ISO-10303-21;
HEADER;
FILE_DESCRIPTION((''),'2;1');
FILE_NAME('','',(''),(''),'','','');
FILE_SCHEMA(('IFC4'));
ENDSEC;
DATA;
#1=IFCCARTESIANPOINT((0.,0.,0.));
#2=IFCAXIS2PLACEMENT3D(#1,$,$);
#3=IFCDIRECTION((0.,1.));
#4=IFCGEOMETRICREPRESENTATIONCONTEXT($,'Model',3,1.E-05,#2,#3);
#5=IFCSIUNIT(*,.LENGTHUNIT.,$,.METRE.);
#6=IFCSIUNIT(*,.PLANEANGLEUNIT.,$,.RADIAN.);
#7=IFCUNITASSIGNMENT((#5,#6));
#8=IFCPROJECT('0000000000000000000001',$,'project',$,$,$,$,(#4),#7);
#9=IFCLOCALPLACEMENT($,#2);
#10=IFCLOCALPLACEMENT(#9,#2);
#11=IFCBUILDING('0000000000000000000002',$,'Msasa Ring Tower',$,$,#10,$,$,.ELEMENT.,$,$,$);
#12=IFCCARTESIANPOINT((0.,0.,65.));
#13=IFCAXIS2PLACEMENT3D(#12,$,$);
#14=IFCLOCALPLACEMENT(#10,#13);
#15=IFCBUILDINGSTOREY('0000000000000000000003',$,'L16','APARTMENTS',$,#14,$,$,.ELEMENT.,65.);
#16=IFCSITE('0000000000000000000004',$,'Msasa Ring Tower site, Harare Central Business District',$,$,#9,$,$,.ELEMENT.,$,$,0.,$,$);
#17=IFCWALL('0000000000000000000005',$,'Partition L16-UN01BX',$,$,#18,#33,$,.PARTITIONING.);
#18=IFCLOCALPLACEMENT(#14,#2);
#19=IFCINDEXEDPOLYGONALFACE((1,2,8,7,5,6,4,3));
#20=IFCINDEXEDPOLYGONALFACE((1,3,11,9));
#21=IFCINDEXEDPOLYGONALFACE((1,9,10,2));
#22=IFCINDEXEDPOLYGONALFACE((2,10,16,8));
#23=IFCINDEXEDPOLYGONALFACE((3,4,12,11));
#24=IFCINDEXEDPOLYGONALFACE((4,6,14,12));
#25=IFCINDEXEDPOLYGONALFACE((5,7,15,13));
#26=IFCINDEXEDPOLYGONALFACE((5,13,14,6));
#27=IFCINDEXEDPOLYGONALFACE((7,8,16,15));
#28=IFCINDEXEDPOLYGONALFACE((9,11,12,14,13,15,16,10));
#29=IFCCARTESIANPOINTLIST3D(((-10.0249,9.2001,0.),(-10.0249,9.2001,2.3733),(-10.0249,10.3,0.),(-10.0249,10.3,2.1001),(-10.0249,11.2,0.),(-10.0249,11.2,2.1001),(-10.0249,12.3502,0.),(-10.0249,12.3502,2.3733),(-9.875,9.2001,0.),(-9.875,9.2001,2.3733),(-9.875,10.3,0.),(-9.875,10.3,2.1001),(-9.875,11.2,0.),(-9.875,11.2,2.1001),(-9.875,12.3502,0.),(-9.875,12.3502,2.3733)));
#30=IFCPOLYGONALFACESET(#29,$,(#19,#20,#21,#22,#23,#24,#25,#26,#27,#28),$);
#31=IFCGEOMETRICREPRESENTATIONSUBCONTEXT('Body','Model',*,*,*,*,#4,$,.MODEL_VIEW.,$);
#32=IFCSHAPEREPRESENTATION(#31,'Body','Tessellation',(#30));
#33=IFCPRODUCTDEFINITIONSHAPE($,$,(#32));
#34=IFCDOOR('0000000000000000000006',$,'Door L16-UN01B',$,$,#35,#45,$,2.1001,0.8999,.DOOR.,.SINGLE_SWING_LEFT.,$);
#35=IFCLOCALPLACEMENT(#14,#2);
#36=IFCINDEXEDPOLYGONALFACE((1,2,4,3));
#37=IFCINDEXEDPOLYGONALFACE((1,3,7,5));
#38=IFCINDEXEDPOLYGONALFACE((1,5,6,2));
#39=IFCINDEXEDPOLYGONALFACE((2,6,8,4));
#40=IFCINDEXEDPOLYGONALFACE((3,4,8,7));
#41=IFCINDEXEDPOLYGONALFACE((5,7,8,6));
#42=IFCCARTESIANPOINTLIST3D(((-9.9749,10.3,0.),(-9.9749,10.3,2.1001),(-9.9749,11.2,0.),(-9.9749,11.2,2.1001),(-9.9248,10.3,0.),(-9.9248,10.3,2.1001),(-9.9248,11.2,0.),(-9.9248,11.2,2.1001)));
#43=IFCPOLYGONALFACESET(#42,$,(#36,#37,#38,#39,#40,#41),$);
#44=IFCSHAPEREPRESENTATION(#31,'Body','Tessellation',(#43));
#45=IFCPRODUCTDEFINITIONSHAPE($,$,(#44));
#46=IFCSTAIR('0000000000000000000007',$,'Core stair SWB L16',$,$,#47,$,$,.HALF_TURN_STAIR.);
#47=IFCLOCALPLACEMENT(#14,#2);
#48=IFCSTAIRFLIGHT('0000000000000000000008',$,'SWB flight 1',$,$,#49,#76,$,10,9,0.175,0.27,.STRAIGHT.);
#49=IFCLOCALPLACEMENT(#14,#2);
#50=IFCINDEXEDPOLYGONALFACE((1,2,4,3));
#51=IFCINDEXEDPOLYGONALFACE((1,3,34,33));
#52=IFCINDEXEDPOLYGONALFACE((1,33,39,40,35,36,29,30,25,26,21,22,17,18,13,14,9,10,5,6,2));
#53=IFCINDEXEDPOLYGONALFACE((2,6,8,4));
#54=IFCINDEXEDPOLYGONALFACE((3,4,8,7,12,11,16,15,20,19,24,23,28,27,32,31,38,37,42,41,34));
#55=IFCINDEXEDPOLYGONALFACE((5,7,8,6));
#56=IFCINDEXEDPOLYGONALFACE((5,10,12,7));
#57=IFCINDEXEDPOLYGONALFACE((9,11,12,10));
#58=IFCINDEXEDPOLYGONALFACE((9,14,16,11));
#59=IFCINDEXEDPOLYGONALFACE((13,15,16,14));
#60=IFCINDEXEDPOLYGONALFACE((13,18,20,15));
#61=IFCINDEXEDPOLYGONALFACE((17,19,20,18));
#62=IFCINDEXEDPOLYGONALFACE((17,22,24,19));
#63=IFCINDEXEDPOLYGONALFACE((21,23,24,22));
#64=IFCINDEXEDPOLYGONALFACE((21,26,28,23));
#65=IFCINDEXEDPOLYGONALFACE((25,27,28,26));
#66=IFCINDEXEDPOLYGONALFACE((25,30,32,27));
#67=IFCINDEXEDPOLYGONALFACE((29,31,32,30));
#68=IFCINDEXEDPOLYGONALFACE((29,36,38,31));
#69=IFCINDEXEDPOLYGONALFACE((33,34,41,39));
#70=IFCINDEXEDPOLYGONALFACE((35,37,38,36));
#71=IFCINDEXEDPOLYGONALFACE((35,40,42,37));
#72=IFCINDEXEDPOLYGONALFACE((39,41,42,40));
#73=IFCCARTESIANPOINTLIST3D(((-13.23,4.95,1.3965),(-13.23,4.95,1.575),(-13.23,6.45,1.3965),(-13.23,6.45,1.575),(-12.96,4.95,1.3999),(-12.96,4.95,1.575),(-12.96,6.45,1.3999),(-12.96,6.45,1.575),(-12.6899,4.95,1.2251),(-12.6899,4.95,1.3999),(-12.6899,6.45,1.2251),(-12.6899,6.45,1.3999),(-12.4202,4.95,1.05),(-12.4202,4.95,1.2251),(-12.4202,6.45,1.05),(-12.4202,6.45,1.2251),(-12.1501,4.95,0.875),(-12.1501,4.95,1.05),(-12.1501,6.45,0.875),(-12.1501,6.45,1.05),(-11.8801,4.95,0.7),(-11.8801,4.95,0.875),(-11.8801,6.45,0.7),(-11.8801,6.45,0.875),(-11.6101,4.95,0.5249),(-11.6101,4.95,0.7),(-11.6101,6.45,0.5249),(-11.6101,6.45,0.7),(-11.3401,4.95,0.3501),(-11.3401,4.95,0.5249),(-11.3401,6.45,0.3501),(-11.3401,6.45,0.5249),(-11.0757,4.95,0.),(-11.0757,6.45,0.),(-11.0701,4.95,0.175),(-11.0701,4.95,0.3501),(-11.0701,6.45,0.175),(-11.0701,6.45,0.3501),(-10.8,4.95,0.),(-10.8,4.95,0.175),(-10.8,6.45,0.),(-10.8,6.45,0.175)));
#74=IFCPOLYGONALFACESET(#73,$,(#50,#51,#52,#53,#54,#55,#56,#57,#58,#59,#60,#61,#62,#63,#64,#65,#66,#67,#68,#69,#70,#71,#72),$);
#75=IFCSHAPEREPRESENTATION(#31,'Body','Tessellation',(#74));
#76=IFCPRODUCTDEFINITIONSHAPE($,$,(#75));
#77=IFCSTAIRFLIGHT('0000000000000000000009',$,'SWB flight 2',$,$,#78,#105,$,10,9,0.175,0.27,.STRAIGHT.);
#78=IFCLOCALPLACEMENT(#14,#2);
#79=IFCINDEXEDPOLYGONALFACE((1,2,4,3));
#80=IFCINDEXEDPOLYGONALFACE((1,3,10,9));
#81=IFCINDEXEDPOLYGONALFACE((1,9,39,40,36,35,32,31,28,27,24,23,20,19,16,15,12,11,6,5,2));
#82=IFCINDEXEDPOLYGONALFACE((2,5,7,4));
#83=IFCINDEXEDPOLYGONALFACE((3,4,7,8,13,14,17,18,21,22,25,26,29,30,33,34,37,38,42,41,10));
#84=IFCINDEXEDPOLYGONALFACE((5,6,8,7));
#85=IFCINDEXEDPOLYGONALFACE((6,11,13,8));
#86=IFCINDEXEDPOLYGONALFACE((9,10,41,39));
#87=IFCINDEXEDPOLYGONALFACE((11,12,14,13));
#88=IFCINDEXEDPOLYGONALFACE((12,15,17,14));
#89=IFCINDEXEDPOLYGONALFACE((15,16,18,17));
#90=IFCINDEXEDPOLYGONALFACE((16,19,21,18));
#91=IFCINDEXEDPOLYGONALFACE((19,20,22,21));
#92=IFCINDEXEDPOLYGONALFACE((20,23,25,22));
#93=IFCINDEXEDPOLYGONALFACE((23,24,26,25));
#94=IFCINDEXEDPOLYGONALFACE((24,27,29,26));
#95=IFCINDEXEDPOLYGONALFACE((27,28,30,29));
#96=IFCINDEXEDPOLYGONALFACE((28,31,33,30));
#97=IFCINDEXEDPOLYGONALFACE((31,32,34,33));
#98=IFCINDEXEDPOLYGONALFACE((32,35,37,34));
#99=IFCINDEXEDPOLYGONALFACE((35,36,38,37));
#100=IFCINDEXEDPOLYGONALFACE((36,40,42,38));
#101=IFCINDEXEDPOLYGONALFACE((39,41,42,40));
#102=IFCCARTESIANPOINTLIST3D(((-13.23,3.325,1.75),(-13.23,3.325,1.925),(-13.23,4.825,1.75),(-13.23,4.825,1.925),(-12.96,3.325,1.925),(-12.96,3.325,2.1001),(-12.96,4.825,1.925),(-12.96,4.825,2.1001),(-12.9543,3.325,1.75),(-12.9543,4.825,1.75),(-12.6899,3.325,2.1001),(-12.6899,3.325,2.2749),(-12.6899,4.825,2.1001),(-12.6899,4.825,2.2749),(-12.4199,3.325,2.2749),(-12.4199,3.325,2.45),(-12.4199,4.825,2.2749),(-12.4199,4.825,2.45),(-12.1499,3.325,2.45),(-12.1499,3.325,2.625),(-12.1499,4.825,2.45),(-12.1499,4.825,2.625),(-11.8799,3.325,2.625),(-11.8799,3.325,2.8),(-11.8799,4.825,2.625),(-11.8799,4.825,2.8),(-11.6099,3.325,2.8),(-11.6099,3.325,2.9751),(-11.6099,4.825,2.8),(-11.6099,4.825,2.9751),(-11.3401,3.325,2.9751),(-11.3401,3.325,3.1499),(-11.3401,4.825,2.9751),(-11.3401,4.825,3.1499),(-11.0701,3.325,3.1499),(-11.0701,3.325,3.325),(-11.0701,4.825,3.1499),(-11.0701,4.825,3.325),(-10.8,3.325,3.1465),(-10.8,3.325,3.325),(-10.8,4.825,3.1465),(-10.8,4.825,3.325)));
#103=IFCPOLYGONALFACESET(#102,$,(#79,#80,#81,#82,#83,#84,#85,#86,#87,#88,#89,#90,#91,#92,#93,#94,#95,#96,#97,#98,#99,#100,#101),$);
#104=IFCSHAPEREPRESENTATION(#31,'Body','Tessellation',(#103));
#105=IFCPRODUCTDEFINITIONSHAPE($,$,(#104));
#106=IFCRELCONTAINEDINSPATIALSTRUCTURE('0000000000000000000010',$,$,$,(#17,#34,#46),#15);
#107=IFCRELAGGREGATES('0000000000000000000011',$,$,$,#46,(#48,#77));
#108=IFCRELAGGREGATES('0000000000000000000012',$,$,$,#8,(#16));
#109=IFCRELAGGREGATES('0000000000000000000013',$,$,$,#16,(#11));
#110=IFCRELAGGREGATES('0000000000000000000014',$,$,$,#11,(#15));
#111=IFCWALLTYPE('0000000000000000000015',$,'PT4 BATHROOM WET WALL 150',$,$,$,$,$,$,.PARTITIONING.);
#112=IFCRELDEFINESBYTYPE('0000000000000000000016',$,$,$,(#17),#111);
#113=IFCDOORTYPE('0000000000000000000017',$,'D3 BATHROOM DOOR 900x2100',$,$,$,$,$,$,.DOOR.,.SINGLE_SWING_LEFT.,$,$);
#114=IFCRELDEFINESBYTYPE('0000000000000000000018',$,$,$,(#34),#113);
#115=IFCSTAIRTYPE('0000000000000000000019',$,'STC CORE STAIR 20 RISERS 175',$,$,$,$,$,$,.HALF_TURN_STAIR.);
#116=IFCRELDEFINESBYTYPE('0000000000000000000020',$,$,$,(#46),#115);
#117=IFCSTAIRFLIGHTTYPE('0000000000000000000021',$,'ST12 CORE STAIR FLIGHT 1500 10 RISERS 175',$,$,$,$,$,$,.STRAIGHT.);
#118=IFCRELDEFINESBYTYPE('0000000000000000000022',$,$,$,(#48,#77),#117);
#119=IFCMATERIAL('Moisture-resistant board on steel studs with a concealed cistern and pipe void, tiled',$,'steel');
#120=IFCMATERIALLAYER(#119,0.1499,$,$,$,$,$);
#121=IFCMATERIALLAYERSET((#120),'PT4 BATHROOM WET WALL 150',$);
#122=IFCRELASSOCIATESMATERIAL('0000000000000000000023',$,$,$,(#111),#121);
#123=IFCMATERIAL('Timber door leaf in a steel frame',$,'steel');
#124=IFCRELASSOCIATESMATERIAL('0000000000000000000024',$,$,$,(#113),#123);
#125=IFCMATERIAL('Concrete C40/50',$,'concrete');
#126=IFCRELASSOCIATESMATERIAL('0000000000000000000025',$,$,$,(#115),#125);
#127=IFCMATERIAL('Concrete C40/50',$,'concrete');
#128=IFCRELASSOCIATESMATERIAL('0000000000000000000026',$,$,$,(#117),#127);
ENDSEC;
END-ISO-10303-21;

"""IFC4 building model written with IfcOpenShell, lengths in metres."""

from ifc_helpers import new_model, si_unit, direction, frame, frame_2d, origin, place, context, subcontext, project, spatial, polyline, rectangle, outline, extrude, material, layer, layer_set, type_object, element, fill, aggregate, save


model = new_model("IFC4")

# Units and contexts
model_context = context("Model", 3, precision=1e-05, world=origin(), true_north=direction((0.0, 1.0)))
body_context = subcontext(model_context, "Body", "Model", "MODEL_VIEW")
ifc_project = project(units=[si_unit("LENGTHUNIT", "METRE"), si_unit("PLANEANGLEUNIT", "RADIAN")], contexts=[model_context])

# Site, building, storey
site_placement = place(None, origin())
site = spatial("IfcSite", under=ifc_project, at=site_placement, Name="Msasa Ring Tower site, Harare Central Business District", CompositionType="ELEMENT", RefElevation=0.0)
building_placement = place(site_placement, origin())
building = spatial("IfcBuilding", under=site, at=building_placement, Name="Msasa Ring Tower", CompositionType="ELEMENT")
storey_placement = place(building_placement, frame((0.0, 0.0, 65.0)))
storey = spatial("IfcBuildingStorey", under=building, at=storey_placement, Name="L16", Description="APARTMENTS", CompositionType="ELEMENT", Elevation=65.0)

# Wall, opening, door
ifc_material_1 = material(Name="Moisture-resistant board on steel studs with a concealed cistern and pipe void, tiled", Category="steel")
ifc_layer_1 = layer(ifc_material_1, 0.1499)
ifc_layer_set_1 = layer_set([ifc_layer_1], Name="PT4 BATHROOM WET WALL 150")
wall_type_1 = type_object("IfcWallType", Name="PT4 BATHROOM WET WALL 150", PredefinedType="PARTITIONING", material=ifc_layer_set_1)
ifc_material_2 = material(Name="Timber door leaf in a steel frame", Category="steel")
door_type_1 = type_object("IfcDoorType", Name="D3 BATHROOM DOOR 900x2100", OperationType="SINGLE_SWING_LEFT", PredefinedType="DOOR", material=ifc_material_2)
wall_1_placement = place(storey_placement, frame((-9.95, 9.2, 0.0), z_axis=(0.0, 0.0, 1.0), x_axis=(0.0, 1.0, 0.0)))
wall_1 = element("IfcWall", 1, at=wall_1_placement, inside=storey, type_object=wall_type_1, Name="Partition L16-UN01BX", PredefinedType="PARTITIONING", context=body_context, shape_type="SweptSolid", body=[
    extrude(rectangle(XDim=3.1501, YDim=0.1499, at=frame_2d((1.5752, 0.0))), origin(), (0.0, 0.0, 1.0), 2.3733),
])
opening_1_placement = place(wall_1_placement, frame((1.1001, 0.0, 0.0)))
opening_1 = element("IfcOpeningElement", 2, at=opening_1_placement, cuts=wall_1, PredefinedType="OPENING", context=body_context, shape_type="SweptSolid", body=[
    extrude(rectangle(XDim=0.8999, YDim=2.1001, at=frame_2d((0.45, 1.05))), frame((0.0, 0.085, 0.0), z_axis=(0.0, -1.0, 0.0), x_axis=(1.0, 0.0, 0.0)), (0.0, 0.0, 1.0), 0.1699),
])
door_1_placement = place(opening_1_placement, origin())
door_1 = element("IfcDoor", 3, at=door_1_placement, inside=storey, type_object=door_type_1, Name="Door L16-UN01B", OperationType="SINGLE_SWING_LEFT", OverallHeight=2.1001, OverallWidth=0.8999, PredefinedType="DOOR", context=body_context, shape_type="SweptSolid", body=[
    extrude(rectangle(XDim=0.8999, YDim=2.1001, at=frame_2d((0.45, 1.05))), frame((0.0, 0.0249, 0.0), z_axis=(0.0, -1.0, 0.0), x_axis=(1.0, 0.0, 0.0)), (0.0, 0.0, 1.0), 0.05),
])
fill(opening_1, door_1)

# Stair, stair flights
ifc_material_3 = material(Name="Concrete C40/50", Category="concrete")
stair_type = type_object("IfcStairType", Name="STC CORE STAIR 20 RISERS 175", PredefinedType="HALF_TURN_STAIR", material=ifc_material_3)
stair_placement = place(storey_placement, origin())
stair = element("IfcStair", 4, at=stair_placement, inside=storey, type_object=stair_type, Name="Core stair SWB L16", PredefinedType="HALF_TURN_STAIR")
ifc_material_4 = material(Name="Concrete C40/50", Category="concrete")
stair_flight_type = type_object("IfcStairFlightType", Name="ST12 CORE STAIR FLIGHT 1500 10 RISERS 175", PredefinedType="STRAIGHT", material=ifc_material_4)
stair_flight_1_placement = place(storey_placement, frame((-10.8, 5.7, 0.0), z_axis=(0.0, 0.0, 1.0), x_axis=(-1.0, 0.0, 0.0)))
stair_flight_1 = element("IfcStairFlight", 5, at=stair_flight_1_placement, type_object=stair_flight_type, Name="SWB flight 1", NumberOfRisers=10, NumberOfTreads=9, PredefinedType="STRAIGHT", RiserHeight=0.175, TreadLength=0.27, context=body_context, shape_type="SweptSolid", body=[
    extrude(outline(polyline([(0.0, 0.0), (0.0, 0.175), (0.27, 0.175), (0.27, 0.3501), (0.54, 0.3501), (0.54, 0.5249), (0.8101, 0.5249), (0.8101, 0.7), (1.0801, 0.7), (1.0801, 0.875), (1.3501, 0.875), (1.3501, 1.05), (1.6201, 1.05), (1.6201, 1.2251), (1.8899, 1.2251), (1.8899, 1.3999), (2.1599, 1.3999), (2.1599, 1.575), (2.4299, 1.575), (2.4299, 1.75), (2.4299, 1.3965), (0.2756, 0.0), (0.0, 0.0)])), frame((0.0, 0.75, 0.0), z_axis=(0.0, -1.0, 0.0), x_axis=(1.0, 0.0, 0.0)), (0.0, 0.0, 1.0), 1.5),
])
stair_flight_2_placement = place(storey_placement, frame((-13.23, 4.075, 1.75), z_axis=(0.0, 0.0, 1.0), x_axis=(1.0, 0.0, 0.0)))
stair_flight_2 = element("IfcStairFlight", 6, at=stair_flight_2_placement, type_object=stair_flight_type, Name="SWB flight 2", NumberOfRisers=10, NumberOfTreads=9, PredefinedType="STRAIGHT", RiserHeight=0.175, TreadLength=0.27, context=body_context, shape_type="SweptSolid", body=[
    extrude(outline(polyline([(0.0, 0.0), (0.0, 0.175), (0.27, 0.175), (0.27, 0.3501), (0.54, 0.3501), (0.54, 0.5249), (0.8101, 0.5249), (0.8101, 0.7), (1.0801, 0.7), (1.0801, 0.875), (1.3501, 0.875), (1.3501, 1.05), (1.6201, 1.05), (1.6201, 1.2251), (1.8899, 1.2251), (1.8899, 1.3999), (2.1599, 1.3999), (2.1599, 1.575), (2.4299, 1.575), (2.4299, 1.75), (2.4299, 1.3965), (0.2756, 0.0), (0.0, 0.0)])), frame((0.0, 0.75, 0.0), z_axis=(0.0, -1.0, 0.0), x_axis=(1.0, 0.0, 0.0)), (0.0, 0.0, 1.0), 1.5),
])
aggregate(stair, [stair_flight_1, stair_flight_2])

save(model, "model.ifc")
